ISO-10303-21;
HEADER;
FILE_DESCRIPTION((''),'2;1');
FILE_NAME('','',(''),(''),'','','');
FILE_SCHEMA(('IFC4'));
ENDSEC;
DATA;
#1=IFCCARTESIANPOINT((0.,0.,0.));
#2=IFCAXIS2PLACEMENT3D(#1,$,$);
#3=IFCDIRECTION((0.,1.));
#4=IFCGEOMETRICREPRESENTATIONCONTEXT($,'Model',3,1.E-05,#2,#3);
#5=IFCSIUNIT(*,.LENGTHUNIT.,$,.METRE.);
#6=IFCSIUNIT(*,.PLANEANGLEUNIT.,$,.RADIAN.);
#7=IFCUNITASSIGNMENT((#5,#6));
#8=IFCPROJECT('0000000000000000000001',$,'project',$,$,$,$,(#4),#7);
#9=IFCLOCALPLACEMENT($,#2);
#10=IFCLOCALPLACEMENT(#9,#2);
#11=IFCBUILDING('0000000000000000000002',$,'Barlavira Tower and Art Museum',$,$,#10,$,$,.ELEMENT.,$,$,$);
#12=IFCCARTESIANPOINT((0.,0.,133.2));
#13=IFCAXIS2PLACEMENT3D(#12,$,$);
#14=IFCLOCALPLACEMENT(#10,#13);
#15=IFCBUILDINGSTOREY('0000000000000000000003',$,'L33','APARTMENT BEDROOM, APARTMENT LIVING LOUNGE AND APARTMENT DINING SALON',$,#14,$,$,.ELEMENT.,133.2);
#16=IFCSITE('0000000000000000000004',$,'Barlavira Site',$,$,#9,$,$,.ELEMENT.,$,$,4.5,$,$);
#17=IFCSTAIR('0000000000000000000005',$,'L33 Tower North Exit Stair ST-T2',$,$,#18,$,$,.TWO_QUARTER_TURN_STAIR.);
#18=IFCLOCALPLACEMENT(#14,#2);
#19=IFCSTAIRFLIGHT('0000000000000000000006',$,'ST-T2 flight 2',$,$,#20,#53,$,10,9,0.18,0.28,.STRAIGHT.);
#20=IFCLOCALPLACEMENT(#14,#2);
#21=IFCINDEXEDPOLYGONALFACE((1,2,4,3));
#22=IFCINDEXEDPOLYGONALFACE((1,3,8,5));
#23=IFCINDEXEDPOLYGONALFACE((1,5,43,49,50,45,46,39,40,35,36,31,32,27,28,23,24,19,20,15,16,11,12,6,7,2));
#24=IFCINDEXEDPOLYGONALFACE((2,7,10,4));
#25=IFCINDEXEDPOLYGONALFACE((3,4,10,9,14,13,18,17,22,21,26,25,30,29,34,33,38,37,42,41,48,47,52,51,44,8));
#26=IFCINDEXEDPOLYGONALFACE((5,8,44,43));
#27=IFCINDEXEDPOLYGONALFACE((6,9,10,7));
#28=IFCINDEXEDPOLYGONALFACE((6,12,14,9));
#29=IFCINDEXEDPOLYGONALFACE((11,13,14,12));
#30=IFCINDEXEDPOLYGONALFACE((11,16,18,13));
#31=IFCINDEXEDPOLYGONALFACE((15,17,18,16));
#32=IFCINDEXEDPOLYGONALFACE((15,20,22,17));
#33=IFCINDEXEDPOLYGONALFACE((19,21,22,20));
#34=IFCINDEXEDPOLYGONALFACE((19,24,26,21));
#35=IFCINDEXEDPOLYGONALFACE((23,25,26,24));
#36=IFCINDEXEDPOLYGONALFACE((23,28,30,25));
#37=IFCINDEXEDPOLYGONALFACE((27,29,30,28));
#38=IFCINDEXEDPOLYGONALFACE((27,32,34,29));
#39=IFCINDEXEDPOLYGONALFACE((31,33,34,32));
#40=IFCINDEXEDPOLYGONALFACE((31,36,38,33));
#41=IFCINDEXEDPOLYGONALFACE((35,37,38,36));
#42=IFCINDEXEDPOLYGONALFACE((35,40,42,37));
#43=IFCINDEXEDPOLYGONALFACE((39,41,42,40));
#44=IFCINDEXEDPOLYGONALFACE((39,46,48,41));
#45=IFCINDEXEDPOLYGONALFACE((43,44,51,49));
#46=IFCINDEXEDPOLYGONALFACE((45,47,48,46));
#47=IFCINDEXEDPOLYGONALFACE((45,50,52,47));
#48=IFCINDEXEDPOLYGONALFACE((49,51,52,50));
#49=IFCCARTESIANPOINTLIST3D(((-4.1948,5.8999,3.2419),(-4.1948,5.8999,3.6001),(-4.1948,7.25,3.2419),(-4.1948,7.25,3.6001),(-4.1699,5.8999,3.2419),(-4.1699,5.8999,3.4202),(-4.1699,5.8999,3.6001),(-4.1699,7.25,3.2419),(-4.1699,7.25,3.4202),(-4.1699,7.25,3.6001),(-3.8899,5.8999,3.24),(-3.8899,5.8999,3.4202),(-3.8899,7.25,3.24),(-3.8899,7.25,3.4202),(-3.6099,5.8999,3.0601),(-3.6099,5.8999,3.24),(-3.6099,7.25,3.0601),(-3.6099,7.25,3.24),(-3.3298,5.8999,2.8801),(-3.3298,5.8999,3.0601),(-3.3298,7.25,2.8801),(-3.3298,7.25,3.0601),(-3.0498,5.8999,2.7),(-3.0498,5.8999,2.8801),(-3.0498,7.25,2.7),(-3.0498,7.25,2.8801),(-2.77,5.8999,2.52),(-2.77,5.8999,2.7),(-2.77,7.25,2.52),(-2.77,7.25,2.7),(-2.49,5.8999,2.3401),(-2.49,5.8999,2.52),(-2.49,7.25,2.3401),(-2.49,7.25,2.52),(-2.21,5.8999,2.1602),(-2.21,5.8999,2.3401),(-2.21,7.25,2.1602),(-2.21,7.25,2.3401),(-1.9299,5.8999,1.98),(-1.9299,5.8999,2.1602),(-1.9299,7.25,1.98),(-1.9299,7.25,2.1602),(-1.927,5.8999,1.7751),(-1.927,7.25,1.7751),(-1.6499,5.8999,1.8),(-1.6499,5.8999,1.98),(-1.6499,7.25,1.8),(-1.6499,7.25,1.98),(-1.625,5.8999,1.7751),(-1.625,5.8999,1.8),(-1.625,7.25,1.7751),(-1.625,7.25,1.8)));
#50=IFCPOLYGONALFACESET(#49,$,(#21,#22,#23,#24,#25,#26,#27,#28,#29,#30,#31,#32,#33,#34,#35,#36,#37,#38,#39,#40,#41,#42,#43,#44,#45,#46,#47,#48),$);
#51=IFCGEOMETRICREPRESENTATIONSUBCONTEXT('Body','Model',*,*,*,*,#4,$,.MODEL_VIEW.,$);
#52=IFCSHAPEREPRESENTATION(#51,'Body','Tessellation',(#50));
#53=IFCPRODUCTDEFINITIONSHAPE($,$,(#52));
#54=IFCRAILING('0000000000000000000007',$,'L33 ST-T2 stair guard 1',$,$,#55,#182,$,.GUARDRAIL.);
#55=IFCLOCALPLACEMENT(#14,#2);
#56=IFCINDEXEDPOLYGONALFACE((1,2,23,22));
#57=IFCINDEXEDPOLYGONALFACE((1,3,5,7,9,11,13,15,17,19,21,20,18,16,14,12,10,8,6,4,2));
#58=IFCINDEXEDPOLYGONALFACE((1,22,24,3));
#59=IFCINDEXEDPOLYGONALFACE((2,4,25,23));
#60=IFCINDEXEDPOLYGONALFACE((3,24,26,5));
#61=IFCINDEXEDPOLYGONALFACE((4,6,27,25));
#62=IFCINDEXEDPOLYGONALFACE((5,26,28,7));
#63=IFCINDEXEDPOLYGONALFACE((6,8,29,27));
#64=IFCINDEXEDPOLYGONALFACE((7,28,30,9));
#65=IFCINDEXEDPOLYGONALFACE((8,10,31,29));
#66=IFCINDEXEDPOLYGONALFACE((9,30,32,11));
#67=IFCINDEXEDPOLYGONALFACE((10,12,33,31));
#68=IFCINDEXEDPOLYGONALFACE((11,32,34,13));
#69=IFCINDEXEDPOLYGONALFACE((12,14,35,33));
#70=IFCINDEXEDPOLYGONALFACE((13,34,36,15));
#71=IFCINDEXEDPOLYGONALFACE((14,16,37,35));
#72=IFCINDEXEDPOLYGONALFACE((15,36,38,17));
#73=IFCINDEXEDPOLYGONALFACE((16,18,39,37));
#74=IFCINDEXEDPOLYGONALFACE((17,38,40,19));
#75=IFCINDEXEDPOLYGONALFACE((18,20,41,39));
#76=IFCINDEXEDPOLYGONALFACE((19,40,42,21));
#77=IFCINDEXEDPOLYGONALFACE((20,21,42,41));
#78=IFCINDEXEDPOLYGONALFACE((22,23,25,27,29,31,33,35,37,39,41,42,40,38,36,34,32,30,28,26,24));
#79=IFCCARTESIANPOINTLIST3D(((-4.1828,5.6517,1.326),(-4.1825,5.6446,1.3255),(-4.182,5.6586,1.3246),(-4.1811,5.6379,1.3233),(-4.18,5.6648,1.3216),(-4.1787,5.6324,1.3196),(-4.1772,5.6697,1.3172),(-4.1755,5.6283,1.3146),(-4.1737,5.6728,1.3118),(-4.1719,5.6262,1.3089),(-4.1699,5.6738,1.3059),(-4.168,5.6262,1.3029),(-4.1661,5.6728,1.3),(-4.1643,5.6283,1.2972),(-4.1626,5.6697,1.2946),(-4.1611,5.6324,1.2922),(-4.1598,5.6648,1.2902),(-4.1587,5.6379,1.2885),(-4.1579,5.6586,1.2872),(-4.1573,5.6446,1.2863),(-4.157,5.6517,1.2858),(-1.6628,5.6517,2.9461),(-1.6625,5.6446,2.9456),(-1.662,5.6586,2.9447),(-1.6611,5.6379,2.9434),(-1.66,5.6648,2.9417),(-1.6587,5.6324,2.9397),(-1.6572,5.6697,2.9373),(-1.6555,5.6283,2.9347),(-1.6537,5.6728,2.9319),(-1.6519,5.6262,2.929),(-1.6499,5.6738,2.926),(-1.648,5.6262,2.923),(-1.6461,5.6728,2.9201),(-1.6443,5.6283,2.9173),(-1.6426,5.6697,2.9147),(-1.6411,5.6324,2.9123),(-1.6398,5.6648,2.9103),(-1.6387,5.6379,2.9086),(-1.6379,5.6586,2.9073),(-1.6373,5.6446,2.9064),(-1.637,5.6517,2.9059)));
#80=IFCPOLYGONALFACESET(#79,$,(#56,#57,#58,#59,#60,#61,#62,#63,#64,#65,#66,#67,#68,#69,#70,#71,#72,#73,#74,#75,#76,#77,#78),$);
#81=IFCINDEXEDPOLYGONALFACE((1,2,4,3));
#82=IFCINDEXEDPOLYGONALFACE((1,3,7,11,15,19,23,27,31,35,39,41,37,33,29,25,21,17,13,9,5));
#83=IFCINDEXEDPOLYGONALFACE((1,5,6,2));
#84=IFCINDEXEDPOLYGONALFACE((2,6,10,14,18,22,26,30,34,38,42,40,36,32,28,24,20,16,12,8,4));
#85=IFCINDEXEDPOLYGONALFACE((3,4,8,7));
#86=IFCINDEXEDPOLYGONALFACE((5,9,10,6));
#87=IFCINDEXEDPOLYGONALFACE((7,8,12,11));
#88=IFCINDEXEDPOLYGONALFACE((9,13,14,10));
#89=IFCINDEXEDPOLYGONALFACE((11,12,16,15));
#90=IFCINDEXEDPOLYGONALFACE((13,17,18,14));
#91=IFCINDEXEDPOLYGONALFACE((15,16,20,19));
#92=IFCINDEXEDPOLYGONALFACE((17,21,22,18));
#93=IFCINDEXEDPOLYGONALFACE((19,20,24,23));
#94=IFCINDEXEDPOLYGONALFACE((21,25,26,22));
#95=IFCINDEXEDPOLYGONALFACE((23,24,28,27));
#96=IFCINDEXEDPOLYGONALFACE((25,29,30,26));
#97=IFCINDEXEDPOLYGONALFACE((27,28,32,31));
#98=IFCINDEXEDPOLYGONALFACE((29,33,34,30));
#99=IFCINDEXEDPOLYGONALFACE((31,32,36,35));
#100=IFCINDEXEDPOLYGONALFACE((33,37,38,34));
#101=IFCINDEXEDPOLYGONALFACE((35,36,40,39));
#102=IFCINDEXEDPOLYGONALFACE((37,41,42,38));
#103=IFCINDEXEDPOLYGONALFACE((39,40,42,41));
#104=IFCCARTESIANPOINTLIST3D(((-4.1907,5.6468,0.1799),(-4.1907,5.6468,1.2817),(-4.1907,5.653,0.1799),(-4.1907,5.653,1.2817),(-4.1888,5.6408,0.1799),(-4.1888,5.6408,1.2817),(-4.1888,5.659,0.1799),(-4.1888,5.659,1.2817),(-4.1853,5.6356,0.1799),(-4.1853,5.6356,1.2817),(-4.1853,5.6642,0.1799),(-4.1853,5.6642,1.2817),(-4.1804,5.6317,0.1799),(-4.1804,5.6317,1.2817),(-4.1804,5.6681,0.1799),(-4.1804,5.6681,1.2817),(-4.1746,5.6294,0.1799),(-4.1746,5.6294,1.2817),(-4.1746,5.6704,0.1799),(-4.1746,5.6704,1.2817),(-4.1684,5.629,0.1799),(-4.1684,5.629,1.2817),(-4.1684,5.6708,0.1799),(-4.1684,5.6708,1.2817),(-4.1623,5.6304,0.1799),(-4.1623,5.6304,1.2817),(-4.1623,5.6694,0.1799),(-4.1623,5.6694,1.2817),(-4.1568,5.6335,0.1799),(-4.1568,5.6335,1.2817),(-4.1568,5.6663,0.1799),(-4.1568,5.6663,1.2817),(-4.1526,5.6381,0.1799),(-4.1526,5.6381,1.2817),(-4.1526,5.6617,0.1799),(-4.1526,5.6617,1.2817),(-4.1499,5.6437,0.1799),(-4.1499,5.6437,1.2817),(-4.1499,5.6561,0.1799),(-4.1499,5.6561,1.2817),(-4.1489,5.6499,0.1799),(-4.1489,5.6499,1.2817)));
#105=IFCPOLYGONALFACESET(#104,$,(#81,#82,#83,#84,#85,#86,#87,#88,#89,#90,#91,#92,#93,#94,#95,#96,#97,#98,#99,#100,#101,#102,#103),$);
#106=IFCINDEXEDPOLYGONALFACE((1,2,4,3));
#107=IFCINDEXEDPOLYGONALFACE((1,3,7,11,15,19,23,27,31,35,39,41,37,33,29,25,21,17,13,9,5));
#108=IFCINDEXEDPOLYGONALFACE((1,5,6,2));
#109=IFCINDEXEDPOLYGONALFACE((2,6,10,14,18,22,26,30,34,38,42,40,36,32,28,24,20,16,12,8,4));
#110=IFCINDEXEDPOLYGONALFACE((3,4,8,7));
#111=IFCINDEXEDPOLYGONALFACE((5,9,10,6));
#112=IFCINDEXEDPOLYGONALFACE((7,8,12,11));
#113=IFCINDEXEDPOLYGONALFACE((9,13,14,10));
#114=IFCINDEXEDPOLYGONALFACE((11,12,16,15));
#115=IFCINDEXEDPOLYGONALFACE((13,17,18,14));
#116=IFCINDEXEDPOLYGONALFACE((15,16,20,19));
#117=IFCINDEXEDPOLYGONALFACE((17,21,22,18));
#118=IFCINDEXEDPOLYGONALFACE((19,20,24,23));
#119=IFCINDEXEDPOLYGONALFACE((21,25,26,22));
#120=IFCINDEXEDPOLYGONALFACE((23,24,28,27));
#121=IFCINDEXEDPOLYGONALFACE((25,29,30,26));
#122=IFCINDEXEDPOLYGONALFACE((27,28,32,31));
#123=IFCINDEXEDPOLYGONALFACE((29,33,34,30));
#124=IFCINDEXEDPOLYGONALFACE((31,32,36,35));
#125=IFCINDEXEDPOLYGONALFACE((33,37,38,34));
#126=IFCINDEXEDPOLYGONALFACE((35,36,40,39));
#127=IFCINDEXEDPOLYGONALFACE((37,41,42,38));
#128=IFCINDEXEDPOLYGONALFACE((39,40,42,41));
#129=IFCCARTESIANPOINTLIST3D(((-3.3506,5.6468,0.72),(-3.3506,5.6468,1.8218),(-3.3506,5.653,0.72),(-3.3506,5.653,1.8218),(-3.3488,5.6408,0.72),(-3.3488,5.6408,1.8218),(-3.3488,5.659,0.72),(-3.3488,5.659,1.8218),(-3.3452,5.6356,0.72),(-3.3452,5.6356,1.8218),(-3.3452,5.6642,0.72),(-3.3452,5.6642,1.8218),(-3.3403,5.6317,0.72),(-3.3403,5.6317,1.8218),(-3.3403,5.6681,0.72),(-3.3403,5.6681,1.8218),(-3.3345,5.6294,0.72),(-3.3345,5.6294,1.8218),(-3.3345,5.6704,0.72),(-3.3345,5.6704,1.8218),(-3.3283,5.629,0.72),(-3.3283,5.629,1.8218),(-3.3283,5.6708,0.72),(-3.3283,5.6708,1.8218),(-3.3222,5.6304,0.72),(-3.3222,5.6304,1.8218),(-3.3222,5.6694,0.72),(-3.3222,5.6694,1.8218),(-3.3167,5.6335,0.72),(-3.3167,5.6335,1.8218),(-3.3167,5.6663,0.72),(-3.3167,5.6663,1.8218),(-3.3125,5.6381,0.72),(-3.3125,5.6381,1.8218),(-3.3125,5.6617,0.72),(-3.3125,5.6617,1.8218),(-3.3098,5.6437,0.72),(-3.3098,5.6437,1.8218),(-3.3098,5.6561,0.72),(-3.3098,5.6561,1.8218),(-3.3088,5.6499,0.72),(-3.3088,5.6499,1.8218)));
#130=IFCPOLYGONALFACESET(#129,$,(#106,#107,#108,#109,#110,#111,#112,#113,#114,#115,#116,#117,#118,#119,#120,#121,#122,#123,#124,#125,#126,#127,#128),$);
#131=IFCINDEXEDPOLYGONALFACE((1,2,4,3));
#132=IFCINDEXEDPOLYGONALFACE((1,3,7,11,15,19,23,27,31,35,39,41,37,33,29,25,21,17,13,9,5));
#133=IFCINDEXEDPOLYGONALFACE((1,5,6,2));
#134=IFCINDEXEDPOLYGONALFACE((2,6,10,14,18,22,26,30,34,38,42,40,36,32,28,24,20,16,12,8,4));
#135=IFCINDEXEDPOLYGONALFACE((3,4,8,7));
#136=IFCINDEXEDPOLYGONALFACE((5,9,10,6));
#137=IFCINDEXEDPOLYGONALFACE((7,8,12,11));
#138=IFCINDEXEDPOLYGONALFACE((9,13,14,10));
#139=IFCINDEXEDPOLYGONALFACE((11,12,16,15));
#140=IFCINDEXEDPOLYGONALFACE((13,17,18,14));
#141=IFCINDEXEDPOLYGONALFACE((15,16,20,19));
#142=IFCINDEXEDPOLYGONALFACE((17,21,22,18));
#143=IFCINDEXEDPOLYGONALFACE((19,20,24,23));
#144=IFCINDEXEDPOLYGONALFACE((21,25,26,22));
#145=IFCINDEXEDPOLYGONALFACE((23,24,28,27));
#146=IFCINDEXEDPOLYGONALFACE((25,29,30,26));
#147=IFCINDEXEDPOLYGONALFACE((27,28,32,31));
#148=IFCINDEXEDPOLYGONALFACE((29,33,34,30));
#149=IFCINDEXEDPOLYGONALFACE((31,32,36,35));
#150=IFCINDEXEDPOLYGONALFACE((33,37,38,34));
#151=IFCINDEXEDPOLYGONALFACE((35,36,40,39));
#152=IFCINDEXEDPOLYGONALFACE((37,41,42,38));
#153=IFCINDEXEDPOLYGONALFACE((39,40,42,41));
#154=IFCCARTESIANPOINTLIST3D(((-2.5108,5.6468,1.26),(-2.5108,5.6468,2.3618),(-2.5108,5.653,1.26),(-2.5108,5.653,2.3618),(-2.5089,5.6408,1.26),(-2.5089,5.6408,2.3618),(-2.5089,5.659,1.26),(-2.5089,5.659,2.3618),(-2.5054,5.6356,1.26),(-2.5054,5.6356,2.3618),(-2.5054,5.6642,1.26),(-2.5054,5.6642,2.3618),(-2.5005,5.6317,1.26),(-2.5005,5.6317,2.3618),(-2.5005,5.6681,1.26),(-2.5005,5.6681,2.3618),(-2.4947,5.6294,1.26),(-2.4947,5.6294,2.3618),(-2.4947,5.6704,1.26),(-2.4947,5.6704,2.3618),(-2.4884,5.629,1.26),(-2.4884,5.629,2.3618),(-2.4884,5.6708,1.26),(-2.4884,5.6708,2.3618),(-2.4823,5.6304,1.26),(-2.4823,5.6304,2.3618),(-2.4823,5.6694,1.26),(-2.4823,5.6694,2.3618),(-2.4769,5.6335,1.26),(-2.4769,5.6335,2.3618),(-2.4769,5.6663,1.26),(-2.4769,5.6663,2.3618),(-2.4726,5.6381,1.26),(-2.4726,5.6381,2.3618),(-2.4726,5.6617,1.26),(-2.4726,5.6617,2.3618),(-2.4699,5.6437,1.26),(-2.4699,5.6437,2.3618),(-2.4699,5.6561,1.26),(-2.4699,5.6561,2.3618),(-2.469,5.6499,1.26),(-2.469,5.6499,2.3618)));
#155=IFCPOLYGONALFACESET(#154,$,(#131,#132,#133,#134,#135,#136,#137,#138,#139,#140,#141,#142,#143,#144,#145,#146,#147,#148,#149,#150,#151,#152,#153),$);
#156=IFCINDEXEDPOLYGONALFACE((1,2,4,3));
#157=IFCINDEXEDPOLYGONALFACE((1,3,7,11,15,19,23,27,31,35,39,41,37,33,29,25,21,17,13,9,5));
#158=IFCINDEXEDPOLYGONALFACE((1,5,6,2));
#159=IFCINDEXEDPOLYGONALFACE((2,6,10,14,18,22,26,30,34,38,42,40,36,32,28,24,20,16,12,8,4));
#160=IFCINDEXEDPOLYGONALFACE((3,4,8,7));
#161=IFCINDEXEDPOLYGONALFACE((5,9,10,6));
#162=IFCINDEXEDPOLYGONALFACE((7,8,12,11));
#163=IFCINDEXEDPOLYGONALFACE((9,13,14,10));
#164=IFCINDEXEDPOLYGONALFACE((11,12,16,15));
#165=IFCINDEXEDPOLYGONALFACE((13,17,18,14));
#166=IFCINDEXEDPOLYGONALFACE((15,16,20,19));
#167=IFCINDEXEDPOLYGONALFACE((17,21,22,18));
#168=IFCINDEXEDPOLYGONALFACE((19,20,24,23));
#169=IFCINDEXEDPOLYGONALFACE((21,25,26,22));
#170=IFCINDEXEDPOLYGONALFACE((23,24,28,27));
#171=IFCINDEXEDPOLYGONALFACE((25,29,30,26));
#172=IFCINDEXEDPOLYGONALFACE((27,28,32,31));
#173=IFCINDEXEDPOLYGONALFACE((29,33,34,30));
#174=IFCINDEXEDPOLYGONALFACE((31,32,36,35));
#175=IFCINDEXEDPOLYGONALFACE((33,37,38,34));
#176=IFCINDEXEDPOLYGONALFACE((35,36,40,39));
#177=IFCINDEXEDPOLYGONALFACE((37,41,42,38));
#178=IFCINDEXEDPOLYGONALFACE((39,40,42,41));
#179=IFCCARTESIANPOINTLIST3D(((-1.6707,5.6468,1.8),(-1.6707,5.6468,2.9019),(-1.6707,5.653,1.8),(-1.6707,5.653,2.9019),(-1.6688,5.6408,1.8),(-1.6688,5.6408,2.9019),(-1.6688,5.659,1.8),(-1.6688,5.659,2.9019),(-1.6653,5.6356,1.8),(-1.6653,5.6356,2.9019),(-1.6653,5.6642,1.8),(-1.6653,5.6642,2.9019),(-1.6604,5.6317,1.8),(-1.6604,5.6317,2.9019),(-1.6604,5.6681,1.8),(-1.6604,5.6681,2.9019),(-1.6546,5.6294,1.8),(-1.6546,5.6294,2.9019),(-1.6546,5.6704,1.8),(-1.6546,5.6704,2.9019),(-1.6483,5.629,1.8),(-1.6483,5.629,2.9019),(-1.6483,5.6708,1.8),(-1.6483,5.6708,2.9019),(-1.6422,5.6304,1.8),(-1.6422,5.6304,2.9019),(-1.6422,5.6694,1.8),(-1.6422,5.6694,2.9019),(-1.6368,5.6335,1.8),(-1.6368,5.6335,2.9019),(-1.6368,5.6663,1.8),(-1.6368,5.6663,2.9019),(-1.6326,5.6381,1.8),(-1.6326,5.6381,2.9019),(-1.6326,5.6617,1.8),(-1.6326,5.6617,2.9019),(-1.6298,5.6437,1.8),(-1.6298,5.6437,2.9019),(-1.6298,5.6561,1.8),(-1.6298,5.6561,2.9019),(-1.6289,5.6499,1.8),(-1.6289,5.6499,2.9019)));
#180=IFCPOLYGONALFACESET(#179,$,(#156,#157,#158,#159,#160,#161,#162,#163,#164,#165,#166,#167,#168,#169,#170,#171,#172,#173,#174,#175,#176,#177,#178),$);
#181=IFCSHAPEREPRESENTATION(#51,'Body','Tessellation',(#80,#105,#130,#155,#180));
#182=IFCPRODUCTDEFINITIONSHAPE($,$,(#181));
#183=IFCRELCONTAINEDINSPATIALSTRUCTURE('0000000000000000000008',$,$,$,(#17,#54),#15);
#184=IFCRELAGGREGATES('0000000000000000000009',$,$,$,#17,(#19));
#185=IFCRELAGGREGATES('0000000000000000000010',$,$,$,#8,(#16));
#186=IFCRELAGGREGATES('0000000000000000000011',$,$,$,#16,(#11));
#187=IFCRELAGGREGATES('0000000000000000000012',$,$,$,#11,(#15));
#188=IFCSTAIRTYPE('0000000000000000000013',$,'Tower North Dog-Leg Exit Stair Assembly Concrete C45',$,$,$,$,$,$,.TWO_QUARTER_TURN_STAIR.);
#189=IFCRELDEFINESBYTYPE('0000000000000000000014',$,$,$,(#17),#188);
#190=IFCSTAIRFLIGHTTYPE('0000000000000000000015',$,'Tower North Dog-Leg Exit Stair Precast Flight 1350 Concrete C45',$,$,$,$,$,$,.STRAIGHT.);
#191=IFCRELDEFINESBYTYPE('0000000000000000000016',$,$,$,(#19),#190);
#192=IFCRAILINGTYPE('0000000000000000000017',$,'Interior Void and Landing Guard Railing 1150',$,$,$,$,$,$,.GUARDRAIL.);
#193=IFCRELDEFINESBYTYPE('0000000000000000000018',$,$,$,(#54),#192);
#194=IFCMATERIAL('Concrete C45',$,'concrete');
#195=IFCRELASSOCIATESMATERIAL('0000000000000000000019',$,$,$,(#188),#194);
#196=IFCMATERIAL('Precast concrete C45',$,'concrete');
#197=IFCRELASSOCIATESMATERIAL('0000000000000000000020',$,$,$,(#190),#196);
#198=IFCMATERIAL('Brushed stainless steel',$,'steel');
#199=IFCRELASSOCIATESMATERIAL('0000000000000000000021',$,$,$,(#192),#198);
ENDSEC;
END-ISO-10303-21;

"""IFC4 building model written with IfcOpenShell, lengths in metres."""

from ifc_helpers import new_model, si_unit, direction, frame, origin, origin_2d, place, context, subcontext, project, spatial, polyline, circle, outline, extrude, material, type_object, element, aggregate, save


model = new_model("IFC4")

# Units and contexts
model_context = context("Model", 3, precision=1e-05, world=origin(), true_north=direction((0.0, 1.0)))
body_context = subcontext(model_context, "Body", "Model", "MODEL_VIEW")
ifc_project = project(units=[si_unit("LENGTHUNIT", "METRE"), si_unit("PLANEANGLEUNIT", "RADIAN")], contexts=[model_context])

# Site, building, storey
site_placement = place(None, origin())
site = spatial("IfcSite", under=ifc_project, at=site_placement, Name="Barlavira Site", CompositionType="ELEMENT", RefElevation=4.5)
building_placement = place(site_placement, origin())
building = spatial("IfcBuilding", under=site, at=building_placement, Name="Barlavira Tower and Art Museum", CompositionType="ELEMENT")
storey_placement = place(building_placement, frame((0.0, 0.0, 133.2)))
storey = spatial("IfcBuildingStorey", under=building, at=storey_placement, Name="L33", Description="APARTMENT BEDROOM, APARTMENT LIVING LOUNGE AND APARTMENT DINING SALON", CompositionType="ELEMENT", Elevation=133.2)

# Shared definitions
ifc_material_1 = material(Name="Brushed stainless steel", Category="steel")

# Stair, stair flight
ifc_material_2 = material(Name="Concrete C45", Category="concrete")
stair_type = type_object("IfcStairType", Name="Tower North Dog-Leg Exit Stair Assembly Concrete C45", PredefinedType="TWO_QUARTER_TURN_STAIR", material=ifc_material_2)
stair_placement = place(storey_placement, origin())
stair = element("IfcStair", 1, at=stair_placement, inside=storey, type_object=stair_type, Name="L33 Tower North Exit Stair ST-T2", PredefinedType="TWO_QUARTER_TURN_STAIR")
ifc_material_3 = material(Name="Precast concrete C45", Category="concrete")
stair_flight_type = type_object("IfcStairFlightType", Name="Tower North Dog-Leg Exit Stair Precast Flight 1350 Concrete C45", PredefinedType="STRAIGHT", material=ifc_material_3)
stair_flight_1_placement = place(storey_placement, frame((-1.6499, 6.575, 1.8), z_axis=(0.0, 0.0, 1.0), x_axis=(-1.0, 0.0, 0.0)))
stair_flight_1 = element("IfcStairFlight", 2, at=stair_flight_1_placement, type_object=stair_flight_type, Name="ST-T2 flight 2", NumberOfRisers=10, NumberOfTreads=9, PredefinedType="STRAIGHT", RiserHeight=0.18, TreadLength=0.28, context=body_context, shape_type="SweptSolid", body=[
    extrude(outline(polyline([(-0.0249, 0.0), (0.0, 0.0), (0.0, 0.1799), (0.28, 0.1799), (0.28, 0.3601), (0.5601, 0.3601), (0.5601, 0.54), (0.8401, 0.54), (0.8401, 0.72), (1.1201, 0.72), (1.1201, 0.8999), (1.3999, 0.8999), (1.3999, 1.0801), (1.6799, 1.0801), (1.6799, 1.26), (1.96, 1.26), (1.96, 1.4399), (2.24, 1.4399), (2.24, 1.6201), (2.52, 1.6201), (2.52, 1.8), (2.5449, 1.8), (2.5449, 1.4419), (2.52, 1.4419), (0.2771, -0.0249), (-0.0249, -0.0249), (-0.0249, 0.0)])), frame((0.0, 0.675, 0.0), z_axis=(0.0, -1.0, 0.0), x_axis=(1.0, 0.0, 0.0)), (0.0, 0.0, 1.0), 1.3501),
])
aggregate(stair, [stair_flight_1])

# Railing
railing_type_1 = type_object("IfcRailingType", Name="Interior Void and Landing Guard Railing 1150", PredefinedType="GUARDRAIL", material=ifc_material_1)
railing_1_placement = place(storey_placement, frame((-4.1699, 5.6499, 0.1799)))
element("IfcRailing", 3, at=railing_1_placement, inside=storey, type_object=railing_type_1, Name="L33 ST-T2 stair guard 1", PredefinedType="GUARDRAIL", context=body_context, shape_type="SweptSolid", body=[
    extrude(circle(Radius=0.0239, at=origin_2d()), frame((0.0, 0.0, 1.126), z_axis=(0.841163, 0.0, 0.540782), x_axis=(0.0, 1.0, 0.0)), (0.0, 0.0, 1.0), 2.9958),
    extrude(circle(Radius=0.021, at=origin_2d()), origin(), (0.0, 0.0, 1.0), 1.1018),
    extrude(circle(Radius=0.021, at=origin_2d()), frame((0.8401, 0.0, 0.54)), (0.0, 0.0, 1.0), 1.1018),
    extrude(circle(Radius=0.021, at=origin_2d()), frame((1.6799, 0.0, 1.0801)), (0.0, 0.0, 1.0), 1.1018),
    extrude(circle(Radius=0.021, at=origin_2d()), frame((2.52, 0.0, 1.6201)), (0.0, 0.0, 1.0), 1.1018),
])

save(model, "model.ifc")
